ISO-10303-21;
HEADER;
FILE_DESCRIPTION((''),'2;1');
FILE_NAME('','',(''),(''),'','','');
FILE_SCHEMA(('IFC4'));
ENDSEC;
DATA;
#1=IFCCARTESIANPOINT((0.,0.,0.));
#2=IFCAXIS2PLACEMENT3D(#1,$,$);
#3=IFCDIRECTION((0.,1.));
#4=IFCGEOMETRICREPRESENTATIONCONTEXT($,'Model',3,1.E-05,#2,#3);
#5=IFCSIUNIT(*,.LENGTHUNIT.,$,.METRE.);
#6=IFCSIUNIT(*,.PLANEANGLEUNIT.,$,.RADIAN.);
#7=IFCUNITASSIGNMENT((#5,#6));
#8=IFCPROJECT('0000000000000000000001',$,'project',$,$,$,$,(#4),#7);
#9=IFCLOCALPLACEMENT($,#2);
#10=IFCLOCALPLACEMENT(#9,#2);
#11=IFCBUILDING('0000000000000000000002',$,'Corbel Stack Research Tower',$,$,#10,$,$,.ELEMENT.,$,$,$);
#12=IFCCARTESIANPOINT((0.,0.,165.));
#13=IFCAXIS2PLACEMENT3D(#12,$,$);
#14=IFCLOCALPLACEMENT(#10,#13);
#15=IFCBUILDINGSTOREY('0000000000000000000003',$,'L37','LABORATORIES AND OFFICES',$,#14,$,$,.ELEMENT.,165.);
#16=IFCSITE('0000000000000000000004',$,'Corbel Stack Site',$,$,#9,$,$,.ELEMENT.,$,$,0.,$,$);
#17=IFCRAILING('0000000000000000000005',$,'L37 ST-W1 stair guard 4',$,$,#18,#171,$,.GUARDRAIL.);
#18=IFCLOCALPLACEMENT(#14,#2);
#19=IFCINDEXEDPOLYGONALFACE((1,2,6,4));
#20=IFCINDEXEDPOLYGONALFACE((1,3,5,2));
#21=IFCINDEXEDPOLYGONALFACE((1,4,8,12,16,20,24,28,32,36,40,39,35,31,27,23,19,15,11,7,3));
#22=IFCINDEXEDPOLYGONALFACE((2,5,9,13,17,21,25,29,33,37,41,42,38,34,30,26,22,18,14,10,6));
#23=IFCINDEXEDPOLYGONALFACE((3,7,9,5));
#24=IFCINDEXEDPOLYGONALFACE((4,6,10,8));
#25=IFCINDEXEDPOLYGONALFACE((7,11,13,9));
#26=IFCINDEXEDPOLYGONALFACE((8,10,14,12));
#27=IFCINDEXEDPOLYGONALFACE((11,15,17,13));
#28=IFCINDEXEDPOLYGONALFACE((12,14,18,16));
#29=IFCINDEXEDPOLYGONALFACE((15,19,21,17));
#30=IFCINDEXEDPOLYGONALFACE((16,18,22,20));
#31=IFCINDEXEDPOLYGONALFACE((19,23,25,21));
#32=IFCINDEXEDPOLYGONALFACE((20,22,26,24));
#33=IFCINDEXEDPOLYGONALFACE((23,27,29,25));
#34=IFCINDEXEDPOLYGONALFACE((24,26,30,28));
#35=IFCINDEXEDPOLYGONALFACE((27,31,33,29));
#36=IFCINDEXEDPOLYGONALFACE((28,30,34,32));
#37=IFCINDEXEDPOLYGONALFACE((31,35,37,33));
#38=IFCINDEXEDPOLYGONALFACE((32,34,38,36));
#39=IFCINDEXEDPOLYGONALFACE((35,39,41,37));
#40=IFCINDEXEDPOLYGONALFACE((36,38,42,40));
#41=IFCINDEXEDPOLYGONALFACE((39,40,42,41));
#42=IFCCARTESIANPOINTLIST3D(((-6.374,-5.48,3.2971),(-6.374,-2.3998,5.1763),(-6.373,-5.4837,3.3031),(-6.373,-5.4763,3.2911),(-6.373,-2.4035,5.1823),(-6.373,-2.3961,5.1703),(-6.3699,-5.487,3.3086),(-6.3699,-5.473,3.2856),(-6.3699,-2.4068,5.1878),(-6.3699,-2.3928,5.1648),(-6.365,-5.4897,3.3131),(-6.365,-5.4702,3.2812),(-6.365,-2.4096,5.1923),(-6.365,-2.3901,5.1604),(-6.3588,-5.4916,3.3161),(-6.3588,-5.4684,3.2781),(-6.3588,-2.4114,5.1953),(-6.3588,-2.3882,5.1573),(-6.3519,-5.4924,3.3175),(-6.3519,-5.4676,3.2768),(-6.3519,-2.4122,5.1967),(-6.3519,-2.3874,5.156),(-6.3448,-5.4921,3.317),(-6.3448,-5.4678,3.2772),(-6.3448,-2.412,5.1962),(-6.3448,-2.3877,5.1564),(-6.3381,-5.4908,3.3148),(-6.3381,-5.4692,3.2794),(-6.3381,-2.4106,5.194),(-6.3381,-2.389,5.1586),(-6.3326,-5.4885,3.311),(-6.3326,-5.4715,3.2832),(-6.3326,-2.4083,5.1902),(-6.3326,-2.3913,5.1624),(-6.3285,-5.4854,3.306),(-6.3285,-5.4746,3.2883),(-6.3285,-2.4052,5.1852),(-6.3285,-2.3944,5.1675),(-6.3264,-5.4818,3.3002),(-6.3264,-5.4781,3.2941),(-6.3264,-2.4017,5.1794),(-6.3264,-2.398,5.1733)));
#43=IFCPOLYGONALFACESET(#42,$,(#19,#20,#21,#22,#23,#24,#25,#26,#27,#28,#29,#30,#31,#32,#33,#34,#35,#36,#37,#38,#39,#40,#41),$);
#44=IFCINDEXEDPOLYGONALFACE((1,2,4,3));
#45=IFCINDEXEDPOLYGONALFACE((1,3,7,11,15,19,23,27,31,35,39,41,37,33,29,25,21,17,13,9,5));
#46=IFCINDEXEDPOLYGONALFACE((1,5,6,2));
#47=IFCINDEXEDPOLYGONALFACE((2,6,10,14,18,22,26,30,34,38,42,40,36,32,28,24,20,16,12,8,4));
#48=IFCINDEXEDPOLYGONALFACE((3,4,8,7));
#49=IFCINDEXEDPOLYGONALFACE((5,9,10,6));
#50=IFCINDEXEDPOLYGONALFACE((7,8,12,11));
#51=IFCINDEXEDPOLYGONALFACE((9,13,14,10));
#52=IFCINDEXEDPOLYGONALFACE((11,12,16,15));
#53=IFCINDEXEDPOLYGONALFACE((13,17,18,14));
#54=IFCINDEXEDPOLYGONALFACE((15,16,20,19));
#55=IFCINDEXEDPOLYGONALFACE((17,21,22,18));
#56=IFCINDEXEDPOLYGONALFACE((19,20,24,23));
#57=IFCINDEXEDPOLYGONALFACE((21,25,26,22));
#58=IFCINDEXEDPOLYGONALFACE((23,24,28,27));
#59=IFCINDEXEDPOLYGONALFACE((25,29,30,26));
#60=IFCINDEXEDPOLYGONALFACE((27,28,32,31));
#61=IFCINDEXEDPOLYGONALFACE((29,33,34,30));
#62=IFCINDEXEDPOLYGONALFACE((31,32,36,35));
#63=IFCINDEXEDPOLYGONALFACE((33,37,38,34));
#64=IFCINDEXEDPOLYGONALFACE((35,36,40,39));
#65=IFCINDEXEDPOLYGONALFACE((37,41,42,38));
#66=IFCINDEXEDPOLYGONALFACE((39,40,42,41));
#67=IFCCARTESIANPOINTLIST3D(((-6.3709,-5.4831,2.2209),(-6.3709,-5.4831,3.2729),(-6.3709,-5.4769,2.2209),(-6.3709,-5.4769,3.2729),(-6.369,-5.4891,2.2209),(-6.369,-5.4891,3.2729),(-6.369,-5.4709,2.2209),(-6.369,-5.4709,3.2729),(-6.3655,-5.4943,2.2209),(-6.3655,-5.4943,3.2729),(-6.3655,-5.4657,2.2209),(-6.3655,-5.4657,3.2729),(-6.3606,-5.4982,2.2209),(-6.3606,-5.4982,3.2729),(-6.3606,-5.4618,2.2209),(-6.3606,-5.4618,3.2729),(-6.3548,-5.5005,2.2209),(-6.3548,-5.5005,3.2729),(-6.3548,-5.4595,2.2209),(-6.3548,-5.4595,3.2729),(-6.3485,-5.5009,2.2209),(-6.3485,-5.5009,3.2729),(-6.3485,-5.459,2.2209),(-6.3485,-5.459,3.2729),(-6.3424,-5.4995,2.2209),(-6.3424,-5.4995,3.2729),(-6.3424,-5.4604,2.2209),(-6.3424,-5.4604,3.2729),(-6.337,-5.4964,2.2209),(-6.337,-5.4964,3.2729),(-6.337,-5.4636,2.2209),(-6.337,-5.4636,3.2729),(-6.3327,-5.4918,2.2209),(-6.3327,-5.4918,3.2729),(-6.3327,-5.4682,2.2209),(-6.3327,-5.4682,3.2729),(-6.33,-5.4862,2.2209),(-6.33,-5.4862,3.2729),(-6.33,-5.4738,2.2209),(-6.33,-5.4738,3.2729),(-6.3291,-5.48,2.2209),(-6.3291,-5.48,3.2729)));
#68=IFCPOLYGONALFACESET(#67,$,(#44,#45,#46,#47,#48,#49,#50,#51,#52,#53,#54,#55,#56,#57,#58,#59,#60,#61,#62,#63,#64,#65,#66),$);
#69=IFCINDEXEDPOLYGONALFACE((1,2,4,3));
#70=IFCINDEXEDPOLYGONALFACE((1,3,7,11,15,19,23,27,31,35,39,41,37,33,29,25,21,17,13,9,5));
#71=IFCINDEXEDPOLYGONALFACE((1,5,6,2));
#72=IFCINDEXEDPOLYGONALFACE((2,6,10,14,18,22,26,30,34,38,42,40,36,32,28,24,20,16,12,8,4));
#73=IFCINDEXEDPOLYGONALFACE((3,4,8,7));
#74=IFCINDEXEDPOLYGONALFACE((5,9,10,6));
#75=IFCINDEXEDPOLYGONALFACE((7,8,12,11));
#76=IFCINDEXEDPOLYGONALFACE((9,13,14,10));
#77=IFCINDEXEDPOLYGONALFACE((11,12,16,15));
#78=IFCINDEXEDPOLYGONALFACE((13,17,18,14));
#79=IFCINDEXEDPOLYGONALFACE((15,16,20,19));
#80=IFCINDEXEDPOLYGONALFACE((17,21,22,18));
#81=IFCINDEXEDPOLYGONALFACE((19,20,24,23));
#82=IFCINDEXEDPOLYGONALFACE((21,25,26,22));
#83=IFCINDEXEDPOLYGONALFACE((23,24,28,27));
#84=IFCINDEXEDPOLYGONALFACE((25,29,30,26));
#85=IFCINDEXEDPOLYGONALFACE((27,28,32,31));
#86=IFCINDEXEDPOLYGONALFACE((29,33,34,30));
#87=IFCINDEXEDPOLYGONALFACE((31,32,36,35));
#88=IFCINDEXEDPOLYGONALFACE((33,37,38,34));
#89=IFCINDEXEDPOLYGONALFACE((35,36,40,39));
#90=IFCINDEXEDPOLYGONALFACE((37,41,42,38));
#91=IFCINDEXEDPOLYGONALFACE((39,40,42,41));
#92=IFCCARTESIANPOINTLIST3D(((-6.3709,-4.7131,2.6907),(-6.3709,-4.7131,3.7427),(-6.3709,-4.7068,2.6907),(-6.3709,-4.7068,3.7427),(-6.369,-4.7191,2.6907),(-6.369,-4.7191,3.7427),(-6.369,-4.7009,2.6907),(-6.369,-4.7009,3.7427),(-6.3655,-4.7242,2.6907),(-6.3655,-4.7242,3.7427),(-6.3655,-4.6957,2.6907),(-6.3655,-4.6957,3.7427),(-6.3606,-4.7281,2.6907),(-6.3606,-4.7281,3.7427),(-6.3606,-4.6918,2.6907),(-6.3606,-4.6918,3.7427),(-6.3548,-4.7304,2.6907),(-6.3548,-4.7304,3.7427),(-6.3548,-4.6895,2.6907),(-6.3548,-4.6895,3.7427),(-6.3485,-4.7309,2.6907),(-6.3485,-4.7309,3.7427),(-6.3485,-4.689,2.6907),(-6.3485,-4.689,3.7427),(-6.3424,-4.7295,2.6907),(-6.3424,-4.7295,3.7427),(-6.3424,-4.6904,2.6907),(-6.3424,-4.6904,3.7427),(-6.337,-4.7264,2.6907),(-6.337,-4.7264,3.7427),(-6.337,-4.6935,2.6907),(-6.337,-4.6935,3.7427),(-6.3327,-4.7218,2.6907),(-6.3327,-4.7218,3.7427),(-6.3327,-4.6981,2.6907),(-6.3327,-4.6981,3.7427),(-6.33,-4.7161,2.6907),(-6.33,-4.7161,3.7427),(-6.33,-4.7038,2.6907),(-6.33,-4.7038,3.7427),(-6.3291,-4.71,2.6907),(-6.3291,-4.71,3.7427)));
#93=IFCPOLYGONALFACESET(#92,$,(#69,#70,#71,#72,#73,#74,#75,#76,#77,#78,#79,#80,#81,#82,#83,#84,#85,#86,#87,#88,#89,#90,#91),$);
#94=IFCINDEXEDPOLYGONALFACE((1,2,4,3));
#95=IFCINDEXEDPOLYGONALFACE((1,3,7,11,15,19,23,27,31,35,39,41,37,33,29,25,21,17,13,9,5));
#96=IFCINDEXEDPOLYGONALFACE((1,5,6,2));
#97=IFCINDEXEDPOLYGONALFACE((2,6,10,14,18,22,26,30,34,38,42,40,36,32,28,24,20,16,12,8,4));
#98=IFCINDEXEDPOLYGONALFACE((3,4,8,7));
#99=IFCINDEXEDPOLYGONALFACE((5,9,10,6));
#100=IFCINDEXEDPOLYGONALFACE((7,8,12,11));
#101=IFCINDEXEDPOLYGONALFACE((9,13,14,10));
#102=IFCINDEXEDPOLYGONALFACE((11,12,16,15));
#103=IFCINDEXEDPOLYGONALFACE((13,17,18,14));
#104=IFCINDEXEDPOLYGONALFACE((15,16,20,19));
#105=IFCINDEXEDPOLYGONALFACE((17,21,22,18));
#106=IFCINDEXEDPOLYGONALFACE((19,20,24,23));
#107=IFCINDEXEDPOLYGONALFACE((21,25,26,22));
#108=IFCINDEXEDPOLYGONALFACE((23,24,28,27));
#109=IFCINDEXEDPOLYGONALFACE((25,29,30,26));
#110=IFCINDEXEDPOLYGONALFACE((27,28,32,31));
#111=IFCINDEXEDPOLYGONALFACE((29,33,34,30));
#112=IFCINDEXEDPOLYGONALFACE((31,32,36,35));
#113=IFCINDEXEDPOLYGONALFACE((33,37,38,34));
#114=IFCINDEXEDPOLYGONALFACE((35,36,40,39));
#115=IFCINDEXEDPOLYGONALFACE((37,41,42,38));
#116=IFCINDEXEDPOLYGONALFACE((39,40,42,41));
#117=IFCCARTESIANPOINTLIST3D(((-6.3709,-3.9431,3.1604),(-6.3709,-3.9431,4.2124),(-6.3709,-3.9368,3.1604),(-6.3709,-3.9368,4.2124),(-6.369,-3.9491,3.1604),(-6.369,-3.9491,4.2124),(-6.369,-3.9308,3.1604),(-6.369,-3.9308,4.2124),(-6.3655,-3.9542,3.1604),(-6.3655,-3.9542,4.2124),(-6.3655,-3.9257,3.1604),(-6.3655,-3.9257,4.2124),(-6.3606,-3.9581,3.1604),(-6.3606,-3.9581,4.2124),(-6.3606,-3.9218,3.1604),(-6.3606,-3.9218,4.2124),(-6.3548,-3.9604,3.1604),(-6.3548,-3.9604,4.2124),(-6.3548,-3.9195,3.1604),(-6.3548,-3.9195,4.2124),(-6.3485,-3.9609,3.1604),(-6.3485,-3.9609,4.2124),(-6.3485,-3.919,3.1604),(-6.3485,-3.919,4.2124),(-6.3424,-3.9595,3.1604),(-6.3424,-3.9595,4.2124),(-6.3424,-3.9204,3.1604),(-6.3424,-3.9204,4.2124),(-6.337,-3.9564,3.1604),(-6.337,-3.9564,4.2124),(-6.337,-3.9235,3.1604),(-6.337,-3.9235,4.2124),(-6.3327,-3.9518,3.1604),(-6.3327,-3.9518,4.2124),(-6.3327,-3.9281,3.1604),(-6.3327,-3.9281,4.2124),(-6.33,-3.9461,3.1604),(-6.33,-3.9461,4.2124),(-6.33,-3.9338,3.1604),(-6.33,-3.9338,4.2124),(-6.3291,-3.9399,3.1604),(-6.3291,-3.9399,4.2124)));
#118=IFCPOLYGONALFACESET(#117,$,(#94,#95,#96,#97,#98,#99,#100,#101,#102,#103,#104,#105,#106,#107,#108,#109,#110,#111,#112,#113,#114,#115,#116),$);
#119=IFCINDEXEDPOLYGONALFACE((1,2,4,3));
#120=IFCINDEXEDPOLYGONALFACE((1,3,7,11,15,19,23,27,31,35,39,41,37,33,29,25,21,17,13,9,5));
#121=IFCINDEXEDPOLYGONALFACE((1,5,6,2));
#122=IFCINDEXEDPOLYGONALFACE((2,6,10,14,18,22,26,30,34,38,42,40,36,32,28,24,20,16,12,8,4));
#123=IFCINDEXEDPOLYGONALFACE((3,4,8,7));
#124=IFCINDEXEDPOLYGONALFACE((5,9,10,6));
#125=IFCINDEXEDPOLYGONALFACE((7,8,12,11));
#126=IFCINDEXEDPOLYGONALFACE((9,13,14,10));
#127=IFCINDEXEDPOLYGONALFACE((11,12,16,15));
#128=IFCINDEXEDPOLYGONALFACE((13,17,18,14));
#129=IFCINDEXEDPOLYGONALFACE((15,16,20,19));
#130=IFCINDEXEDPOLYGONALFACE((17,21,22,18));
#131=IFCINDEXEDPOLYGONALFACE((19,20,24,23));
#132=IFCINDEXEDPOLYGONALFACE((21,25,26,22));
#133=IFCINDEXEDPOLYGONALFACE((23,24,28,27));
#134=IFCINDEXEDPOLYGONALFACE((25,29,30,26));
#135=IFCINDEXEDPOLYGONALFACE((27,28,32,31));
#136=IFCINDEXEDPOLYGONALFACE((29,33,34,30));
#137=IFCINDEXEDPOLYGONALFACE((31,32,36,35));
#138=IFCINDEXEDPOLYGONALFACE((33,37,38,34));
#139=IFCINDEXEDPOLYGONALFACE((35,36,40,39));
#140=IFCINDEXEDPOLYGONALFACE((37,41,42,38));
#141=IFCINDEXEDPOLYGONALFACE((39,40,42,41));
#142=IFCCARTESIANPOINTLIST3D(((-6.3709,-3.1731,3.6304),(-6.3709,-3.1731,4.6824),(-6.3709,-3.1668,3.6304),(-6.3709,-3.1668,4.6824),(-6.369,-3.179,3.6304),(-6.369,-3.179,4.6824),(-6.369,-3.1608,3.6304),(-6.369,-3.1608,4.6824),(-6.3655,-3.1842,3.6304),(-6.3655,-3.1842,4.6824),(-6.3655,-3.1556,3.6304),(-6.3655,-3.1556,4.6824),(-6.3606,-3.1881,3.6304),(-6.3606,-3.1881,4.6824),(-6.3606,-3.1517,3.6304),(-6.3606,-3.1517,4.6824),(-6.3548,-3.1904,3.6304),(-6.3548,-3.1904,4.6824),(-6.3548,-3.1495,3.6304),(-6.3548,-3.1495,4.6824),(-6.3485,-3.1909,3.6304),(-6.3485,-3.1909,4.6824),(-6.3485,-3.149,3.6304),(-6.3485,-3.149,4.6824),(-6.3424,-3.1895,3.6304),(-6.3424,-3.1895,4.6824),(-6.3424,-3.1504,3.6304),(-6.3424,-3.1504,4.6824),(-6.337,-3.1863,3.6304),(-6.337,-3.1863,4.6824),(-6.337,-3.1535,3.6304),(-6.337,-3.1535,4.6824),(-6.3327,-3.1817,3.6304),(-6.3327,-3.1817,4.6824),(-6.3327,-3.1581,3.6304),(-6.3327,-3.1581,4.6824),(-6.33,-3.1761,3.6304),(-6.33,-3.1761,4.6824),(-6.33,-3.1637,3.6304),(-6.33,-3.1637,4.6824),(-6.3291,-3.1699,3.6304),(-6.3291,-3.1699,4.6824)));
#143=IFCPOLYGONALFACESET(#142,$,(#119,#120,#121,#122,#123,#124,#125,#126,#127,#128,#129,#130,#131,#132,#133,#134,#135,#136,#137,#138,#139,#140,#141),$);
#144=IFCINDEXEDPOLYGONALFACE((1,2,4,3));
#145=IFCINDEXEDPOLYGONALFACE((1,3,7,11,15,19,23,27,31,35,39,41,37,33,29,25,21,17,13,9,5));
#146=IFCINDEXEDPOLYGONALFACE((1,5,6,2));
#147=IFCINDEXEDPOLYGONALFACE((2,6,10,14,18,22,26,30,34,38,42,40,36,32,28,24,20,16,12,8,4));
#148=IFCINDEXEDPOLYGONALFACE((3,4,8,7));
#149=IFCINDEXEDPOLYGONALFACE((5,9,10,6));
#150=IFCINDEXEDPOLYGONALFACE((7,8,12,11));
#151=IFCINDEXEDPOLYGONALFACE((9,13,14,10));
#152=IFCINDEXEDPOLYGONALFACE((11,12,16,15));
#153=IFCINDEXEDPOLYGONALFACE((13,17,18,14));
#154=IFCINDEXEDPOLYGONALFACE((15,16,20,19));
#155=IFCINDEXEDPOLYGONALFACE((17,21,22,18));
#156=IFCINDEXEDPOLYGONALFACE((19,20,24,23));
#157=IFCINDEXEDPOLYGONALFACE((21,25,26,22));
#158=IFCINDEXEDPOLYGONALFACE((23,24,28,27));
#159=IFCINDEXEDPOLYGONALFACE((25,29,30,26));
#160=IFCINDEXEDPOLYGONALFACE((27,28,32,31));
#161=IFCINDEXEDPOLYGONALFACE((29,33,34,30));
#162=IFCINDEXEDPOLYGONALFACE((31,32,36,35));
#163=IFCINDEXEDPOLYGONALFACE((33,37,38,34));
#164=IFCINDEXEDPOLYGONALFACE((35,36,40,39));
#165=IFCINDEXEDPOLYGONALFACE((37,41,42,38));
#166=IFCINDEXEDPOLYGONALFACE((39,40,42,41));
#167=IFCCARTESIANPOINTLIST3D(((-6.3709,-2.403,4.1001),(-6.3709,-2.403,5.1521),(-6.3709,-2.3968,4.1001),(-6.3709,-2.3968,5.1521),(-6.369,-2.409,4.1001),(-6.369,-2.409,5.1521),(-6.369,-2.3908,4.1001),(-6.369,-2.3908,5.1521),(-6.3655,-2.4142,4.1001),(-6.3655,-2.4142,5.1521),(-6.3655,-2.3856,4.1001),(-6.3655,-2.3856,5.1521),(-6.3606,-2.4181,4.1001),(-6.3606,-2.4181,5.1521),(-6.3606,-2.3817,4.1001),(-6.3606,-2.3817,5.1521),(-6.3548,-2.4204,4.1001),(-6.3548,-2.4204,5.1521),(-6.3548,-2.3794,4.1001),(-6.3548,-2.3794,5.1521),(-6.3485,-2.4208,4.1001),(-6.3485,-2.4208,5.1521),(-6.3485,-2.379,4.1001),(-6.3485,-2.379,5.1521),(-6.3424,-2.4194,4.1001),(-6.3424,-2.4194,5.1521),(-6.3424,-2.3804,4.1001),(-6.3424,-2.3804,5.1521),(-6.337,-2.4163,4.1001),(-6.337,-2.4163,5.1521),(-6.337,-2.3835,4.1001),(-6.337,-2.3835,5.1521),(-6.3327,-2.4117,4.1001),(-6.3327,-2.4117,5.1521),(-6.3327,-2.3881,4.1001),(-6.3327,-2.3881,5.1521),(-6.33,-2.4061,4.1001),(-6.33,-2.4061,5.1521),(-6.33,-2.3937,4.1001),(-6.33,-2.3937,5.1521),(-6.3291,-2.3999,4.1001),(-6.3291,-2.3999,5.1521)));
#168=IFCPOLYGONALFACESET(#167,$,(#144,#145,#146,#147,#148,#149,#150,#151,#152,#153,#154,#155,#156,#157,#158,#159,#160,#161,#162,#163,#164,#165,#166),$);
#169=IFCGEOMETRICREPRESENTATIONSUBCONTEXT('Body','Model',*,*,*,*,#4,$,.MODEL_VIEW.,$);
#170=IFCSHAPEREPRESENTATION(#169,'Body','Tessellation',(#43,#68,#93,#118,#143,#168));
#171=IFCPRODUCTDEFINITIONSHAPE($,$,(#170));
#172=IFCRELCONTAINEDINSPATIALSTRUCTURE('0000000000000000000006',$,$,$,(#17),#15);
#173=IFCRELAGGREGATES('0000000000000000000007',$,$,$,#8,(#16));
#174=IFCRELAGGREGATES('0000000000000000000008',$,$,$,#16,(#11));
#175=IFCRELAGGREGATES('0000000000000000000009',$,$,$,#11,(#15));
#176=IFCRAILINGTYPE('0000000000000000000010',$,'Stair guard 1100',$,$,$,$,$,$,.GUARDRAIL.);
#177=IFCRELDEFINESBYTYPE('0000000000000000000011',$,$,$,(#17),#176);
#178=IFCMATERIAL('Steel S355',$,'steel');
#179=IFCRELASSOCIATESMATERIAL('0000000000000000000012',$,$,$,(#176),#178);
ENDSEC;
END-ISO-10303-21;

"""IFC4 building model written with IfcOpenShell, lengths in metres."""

from ifc_helpers import new_model, si_unit, direction, frame, origin, origin_2d, place, context, subcontext, project, spatial, circle, extrude, material, type_object, element, save


model = new_model("IFC4")

# Units and contexts
model_context = context("Model", 3, precision=1e-05, world=origin(), true_north=direction((0.0, 1.0)))
body_context = subcontext(model_context, "Body", "Model", "MODEL_VIEW")
ifc_project = project(units=[si_unit("LENGTHUNIT", "METRE"), si_unit("PLANEANGLEUNIT", "RADIAN")], contexts=[model_context])

# Site, building, storey
site_placement = place(None, origin())
site = spatial("IfcSite", under=ifc_project, at=site_placement, Name="Corbel Stack Site", CompositionType="ELEMENT", RefElevation=0.0)
building_placement = place(site_placement, origin())
building = spatial("IfcBuilding", under=site, at=building_placement, Name="Corbel Stack Research Tower", CompositionType="ELEMENT")
storey_placement = place(building_placement, frame((0.0, 0.0, 165.0)))
storey = spatial("IfcBuildingStorey", under=building, at=storey_placement, Name="L37", Description="LABORATORIES AND OFFICES", CompositionType="ELEMENT", Elevation=165.0)

# Railing
ifc_material_1 = material(Name="Steel S355", Category="steel")
railing_type_1 = type_object("IfcRailingType", Name="Stair guard 1100", PredefinedType="GUARDRAIL", material=ifc_material_1)
railing_1_placement = place(storey_placement, frame((-6.3501, -5.48, 2.2209)))
element("IfcRailing", 1, at=railing_1_placement, inside=storey, type_object=railing_type_1, Name="L37 ST-W1 stair guard 4", PredefinedType="GUARDRAIL", context=body_context, shape_type="SweptSolid", body=[
    extrude(circle(Radius=0.0239, at=origin_2d()), frame((0.0, 0.0, 1.0762), z_axis=(0.0, 0.853666, 0.52082), x_axis=(-1.0, 0.0, 0.0)), (0.0, 0.0, 1.0), 3.6082),
    extrude(circle(Radius=0.021, at=origin_2d()), origin(), (0.0, 0.0, 1.0), 1.052),
    extrude(circle(Radius=0.021, at=origin_2d()), frame((0.0, 0.77, 0.4697)), (0.0, 0.0, 1.0), 1.052),
    extrude(circle(Radius=0.021, at=origin_2d()), frame((0.0, 1.54, 0.9395)), (0.0, 0.0, 1.0), 1.052),
    extrude(circle(Radius=0.021, at=origin_2d()), frame((0.0, 2.3101, 1.4094)), (0.0, 0.0, 1.0), 1.052),
    extrude(circle(Radius=0.021, at=origin_2d()), frame((0.0, 3.0801, 1.8792)), (0.0, 0.0, 1.0), 1.052),
])

save(model, "model.ifc")
